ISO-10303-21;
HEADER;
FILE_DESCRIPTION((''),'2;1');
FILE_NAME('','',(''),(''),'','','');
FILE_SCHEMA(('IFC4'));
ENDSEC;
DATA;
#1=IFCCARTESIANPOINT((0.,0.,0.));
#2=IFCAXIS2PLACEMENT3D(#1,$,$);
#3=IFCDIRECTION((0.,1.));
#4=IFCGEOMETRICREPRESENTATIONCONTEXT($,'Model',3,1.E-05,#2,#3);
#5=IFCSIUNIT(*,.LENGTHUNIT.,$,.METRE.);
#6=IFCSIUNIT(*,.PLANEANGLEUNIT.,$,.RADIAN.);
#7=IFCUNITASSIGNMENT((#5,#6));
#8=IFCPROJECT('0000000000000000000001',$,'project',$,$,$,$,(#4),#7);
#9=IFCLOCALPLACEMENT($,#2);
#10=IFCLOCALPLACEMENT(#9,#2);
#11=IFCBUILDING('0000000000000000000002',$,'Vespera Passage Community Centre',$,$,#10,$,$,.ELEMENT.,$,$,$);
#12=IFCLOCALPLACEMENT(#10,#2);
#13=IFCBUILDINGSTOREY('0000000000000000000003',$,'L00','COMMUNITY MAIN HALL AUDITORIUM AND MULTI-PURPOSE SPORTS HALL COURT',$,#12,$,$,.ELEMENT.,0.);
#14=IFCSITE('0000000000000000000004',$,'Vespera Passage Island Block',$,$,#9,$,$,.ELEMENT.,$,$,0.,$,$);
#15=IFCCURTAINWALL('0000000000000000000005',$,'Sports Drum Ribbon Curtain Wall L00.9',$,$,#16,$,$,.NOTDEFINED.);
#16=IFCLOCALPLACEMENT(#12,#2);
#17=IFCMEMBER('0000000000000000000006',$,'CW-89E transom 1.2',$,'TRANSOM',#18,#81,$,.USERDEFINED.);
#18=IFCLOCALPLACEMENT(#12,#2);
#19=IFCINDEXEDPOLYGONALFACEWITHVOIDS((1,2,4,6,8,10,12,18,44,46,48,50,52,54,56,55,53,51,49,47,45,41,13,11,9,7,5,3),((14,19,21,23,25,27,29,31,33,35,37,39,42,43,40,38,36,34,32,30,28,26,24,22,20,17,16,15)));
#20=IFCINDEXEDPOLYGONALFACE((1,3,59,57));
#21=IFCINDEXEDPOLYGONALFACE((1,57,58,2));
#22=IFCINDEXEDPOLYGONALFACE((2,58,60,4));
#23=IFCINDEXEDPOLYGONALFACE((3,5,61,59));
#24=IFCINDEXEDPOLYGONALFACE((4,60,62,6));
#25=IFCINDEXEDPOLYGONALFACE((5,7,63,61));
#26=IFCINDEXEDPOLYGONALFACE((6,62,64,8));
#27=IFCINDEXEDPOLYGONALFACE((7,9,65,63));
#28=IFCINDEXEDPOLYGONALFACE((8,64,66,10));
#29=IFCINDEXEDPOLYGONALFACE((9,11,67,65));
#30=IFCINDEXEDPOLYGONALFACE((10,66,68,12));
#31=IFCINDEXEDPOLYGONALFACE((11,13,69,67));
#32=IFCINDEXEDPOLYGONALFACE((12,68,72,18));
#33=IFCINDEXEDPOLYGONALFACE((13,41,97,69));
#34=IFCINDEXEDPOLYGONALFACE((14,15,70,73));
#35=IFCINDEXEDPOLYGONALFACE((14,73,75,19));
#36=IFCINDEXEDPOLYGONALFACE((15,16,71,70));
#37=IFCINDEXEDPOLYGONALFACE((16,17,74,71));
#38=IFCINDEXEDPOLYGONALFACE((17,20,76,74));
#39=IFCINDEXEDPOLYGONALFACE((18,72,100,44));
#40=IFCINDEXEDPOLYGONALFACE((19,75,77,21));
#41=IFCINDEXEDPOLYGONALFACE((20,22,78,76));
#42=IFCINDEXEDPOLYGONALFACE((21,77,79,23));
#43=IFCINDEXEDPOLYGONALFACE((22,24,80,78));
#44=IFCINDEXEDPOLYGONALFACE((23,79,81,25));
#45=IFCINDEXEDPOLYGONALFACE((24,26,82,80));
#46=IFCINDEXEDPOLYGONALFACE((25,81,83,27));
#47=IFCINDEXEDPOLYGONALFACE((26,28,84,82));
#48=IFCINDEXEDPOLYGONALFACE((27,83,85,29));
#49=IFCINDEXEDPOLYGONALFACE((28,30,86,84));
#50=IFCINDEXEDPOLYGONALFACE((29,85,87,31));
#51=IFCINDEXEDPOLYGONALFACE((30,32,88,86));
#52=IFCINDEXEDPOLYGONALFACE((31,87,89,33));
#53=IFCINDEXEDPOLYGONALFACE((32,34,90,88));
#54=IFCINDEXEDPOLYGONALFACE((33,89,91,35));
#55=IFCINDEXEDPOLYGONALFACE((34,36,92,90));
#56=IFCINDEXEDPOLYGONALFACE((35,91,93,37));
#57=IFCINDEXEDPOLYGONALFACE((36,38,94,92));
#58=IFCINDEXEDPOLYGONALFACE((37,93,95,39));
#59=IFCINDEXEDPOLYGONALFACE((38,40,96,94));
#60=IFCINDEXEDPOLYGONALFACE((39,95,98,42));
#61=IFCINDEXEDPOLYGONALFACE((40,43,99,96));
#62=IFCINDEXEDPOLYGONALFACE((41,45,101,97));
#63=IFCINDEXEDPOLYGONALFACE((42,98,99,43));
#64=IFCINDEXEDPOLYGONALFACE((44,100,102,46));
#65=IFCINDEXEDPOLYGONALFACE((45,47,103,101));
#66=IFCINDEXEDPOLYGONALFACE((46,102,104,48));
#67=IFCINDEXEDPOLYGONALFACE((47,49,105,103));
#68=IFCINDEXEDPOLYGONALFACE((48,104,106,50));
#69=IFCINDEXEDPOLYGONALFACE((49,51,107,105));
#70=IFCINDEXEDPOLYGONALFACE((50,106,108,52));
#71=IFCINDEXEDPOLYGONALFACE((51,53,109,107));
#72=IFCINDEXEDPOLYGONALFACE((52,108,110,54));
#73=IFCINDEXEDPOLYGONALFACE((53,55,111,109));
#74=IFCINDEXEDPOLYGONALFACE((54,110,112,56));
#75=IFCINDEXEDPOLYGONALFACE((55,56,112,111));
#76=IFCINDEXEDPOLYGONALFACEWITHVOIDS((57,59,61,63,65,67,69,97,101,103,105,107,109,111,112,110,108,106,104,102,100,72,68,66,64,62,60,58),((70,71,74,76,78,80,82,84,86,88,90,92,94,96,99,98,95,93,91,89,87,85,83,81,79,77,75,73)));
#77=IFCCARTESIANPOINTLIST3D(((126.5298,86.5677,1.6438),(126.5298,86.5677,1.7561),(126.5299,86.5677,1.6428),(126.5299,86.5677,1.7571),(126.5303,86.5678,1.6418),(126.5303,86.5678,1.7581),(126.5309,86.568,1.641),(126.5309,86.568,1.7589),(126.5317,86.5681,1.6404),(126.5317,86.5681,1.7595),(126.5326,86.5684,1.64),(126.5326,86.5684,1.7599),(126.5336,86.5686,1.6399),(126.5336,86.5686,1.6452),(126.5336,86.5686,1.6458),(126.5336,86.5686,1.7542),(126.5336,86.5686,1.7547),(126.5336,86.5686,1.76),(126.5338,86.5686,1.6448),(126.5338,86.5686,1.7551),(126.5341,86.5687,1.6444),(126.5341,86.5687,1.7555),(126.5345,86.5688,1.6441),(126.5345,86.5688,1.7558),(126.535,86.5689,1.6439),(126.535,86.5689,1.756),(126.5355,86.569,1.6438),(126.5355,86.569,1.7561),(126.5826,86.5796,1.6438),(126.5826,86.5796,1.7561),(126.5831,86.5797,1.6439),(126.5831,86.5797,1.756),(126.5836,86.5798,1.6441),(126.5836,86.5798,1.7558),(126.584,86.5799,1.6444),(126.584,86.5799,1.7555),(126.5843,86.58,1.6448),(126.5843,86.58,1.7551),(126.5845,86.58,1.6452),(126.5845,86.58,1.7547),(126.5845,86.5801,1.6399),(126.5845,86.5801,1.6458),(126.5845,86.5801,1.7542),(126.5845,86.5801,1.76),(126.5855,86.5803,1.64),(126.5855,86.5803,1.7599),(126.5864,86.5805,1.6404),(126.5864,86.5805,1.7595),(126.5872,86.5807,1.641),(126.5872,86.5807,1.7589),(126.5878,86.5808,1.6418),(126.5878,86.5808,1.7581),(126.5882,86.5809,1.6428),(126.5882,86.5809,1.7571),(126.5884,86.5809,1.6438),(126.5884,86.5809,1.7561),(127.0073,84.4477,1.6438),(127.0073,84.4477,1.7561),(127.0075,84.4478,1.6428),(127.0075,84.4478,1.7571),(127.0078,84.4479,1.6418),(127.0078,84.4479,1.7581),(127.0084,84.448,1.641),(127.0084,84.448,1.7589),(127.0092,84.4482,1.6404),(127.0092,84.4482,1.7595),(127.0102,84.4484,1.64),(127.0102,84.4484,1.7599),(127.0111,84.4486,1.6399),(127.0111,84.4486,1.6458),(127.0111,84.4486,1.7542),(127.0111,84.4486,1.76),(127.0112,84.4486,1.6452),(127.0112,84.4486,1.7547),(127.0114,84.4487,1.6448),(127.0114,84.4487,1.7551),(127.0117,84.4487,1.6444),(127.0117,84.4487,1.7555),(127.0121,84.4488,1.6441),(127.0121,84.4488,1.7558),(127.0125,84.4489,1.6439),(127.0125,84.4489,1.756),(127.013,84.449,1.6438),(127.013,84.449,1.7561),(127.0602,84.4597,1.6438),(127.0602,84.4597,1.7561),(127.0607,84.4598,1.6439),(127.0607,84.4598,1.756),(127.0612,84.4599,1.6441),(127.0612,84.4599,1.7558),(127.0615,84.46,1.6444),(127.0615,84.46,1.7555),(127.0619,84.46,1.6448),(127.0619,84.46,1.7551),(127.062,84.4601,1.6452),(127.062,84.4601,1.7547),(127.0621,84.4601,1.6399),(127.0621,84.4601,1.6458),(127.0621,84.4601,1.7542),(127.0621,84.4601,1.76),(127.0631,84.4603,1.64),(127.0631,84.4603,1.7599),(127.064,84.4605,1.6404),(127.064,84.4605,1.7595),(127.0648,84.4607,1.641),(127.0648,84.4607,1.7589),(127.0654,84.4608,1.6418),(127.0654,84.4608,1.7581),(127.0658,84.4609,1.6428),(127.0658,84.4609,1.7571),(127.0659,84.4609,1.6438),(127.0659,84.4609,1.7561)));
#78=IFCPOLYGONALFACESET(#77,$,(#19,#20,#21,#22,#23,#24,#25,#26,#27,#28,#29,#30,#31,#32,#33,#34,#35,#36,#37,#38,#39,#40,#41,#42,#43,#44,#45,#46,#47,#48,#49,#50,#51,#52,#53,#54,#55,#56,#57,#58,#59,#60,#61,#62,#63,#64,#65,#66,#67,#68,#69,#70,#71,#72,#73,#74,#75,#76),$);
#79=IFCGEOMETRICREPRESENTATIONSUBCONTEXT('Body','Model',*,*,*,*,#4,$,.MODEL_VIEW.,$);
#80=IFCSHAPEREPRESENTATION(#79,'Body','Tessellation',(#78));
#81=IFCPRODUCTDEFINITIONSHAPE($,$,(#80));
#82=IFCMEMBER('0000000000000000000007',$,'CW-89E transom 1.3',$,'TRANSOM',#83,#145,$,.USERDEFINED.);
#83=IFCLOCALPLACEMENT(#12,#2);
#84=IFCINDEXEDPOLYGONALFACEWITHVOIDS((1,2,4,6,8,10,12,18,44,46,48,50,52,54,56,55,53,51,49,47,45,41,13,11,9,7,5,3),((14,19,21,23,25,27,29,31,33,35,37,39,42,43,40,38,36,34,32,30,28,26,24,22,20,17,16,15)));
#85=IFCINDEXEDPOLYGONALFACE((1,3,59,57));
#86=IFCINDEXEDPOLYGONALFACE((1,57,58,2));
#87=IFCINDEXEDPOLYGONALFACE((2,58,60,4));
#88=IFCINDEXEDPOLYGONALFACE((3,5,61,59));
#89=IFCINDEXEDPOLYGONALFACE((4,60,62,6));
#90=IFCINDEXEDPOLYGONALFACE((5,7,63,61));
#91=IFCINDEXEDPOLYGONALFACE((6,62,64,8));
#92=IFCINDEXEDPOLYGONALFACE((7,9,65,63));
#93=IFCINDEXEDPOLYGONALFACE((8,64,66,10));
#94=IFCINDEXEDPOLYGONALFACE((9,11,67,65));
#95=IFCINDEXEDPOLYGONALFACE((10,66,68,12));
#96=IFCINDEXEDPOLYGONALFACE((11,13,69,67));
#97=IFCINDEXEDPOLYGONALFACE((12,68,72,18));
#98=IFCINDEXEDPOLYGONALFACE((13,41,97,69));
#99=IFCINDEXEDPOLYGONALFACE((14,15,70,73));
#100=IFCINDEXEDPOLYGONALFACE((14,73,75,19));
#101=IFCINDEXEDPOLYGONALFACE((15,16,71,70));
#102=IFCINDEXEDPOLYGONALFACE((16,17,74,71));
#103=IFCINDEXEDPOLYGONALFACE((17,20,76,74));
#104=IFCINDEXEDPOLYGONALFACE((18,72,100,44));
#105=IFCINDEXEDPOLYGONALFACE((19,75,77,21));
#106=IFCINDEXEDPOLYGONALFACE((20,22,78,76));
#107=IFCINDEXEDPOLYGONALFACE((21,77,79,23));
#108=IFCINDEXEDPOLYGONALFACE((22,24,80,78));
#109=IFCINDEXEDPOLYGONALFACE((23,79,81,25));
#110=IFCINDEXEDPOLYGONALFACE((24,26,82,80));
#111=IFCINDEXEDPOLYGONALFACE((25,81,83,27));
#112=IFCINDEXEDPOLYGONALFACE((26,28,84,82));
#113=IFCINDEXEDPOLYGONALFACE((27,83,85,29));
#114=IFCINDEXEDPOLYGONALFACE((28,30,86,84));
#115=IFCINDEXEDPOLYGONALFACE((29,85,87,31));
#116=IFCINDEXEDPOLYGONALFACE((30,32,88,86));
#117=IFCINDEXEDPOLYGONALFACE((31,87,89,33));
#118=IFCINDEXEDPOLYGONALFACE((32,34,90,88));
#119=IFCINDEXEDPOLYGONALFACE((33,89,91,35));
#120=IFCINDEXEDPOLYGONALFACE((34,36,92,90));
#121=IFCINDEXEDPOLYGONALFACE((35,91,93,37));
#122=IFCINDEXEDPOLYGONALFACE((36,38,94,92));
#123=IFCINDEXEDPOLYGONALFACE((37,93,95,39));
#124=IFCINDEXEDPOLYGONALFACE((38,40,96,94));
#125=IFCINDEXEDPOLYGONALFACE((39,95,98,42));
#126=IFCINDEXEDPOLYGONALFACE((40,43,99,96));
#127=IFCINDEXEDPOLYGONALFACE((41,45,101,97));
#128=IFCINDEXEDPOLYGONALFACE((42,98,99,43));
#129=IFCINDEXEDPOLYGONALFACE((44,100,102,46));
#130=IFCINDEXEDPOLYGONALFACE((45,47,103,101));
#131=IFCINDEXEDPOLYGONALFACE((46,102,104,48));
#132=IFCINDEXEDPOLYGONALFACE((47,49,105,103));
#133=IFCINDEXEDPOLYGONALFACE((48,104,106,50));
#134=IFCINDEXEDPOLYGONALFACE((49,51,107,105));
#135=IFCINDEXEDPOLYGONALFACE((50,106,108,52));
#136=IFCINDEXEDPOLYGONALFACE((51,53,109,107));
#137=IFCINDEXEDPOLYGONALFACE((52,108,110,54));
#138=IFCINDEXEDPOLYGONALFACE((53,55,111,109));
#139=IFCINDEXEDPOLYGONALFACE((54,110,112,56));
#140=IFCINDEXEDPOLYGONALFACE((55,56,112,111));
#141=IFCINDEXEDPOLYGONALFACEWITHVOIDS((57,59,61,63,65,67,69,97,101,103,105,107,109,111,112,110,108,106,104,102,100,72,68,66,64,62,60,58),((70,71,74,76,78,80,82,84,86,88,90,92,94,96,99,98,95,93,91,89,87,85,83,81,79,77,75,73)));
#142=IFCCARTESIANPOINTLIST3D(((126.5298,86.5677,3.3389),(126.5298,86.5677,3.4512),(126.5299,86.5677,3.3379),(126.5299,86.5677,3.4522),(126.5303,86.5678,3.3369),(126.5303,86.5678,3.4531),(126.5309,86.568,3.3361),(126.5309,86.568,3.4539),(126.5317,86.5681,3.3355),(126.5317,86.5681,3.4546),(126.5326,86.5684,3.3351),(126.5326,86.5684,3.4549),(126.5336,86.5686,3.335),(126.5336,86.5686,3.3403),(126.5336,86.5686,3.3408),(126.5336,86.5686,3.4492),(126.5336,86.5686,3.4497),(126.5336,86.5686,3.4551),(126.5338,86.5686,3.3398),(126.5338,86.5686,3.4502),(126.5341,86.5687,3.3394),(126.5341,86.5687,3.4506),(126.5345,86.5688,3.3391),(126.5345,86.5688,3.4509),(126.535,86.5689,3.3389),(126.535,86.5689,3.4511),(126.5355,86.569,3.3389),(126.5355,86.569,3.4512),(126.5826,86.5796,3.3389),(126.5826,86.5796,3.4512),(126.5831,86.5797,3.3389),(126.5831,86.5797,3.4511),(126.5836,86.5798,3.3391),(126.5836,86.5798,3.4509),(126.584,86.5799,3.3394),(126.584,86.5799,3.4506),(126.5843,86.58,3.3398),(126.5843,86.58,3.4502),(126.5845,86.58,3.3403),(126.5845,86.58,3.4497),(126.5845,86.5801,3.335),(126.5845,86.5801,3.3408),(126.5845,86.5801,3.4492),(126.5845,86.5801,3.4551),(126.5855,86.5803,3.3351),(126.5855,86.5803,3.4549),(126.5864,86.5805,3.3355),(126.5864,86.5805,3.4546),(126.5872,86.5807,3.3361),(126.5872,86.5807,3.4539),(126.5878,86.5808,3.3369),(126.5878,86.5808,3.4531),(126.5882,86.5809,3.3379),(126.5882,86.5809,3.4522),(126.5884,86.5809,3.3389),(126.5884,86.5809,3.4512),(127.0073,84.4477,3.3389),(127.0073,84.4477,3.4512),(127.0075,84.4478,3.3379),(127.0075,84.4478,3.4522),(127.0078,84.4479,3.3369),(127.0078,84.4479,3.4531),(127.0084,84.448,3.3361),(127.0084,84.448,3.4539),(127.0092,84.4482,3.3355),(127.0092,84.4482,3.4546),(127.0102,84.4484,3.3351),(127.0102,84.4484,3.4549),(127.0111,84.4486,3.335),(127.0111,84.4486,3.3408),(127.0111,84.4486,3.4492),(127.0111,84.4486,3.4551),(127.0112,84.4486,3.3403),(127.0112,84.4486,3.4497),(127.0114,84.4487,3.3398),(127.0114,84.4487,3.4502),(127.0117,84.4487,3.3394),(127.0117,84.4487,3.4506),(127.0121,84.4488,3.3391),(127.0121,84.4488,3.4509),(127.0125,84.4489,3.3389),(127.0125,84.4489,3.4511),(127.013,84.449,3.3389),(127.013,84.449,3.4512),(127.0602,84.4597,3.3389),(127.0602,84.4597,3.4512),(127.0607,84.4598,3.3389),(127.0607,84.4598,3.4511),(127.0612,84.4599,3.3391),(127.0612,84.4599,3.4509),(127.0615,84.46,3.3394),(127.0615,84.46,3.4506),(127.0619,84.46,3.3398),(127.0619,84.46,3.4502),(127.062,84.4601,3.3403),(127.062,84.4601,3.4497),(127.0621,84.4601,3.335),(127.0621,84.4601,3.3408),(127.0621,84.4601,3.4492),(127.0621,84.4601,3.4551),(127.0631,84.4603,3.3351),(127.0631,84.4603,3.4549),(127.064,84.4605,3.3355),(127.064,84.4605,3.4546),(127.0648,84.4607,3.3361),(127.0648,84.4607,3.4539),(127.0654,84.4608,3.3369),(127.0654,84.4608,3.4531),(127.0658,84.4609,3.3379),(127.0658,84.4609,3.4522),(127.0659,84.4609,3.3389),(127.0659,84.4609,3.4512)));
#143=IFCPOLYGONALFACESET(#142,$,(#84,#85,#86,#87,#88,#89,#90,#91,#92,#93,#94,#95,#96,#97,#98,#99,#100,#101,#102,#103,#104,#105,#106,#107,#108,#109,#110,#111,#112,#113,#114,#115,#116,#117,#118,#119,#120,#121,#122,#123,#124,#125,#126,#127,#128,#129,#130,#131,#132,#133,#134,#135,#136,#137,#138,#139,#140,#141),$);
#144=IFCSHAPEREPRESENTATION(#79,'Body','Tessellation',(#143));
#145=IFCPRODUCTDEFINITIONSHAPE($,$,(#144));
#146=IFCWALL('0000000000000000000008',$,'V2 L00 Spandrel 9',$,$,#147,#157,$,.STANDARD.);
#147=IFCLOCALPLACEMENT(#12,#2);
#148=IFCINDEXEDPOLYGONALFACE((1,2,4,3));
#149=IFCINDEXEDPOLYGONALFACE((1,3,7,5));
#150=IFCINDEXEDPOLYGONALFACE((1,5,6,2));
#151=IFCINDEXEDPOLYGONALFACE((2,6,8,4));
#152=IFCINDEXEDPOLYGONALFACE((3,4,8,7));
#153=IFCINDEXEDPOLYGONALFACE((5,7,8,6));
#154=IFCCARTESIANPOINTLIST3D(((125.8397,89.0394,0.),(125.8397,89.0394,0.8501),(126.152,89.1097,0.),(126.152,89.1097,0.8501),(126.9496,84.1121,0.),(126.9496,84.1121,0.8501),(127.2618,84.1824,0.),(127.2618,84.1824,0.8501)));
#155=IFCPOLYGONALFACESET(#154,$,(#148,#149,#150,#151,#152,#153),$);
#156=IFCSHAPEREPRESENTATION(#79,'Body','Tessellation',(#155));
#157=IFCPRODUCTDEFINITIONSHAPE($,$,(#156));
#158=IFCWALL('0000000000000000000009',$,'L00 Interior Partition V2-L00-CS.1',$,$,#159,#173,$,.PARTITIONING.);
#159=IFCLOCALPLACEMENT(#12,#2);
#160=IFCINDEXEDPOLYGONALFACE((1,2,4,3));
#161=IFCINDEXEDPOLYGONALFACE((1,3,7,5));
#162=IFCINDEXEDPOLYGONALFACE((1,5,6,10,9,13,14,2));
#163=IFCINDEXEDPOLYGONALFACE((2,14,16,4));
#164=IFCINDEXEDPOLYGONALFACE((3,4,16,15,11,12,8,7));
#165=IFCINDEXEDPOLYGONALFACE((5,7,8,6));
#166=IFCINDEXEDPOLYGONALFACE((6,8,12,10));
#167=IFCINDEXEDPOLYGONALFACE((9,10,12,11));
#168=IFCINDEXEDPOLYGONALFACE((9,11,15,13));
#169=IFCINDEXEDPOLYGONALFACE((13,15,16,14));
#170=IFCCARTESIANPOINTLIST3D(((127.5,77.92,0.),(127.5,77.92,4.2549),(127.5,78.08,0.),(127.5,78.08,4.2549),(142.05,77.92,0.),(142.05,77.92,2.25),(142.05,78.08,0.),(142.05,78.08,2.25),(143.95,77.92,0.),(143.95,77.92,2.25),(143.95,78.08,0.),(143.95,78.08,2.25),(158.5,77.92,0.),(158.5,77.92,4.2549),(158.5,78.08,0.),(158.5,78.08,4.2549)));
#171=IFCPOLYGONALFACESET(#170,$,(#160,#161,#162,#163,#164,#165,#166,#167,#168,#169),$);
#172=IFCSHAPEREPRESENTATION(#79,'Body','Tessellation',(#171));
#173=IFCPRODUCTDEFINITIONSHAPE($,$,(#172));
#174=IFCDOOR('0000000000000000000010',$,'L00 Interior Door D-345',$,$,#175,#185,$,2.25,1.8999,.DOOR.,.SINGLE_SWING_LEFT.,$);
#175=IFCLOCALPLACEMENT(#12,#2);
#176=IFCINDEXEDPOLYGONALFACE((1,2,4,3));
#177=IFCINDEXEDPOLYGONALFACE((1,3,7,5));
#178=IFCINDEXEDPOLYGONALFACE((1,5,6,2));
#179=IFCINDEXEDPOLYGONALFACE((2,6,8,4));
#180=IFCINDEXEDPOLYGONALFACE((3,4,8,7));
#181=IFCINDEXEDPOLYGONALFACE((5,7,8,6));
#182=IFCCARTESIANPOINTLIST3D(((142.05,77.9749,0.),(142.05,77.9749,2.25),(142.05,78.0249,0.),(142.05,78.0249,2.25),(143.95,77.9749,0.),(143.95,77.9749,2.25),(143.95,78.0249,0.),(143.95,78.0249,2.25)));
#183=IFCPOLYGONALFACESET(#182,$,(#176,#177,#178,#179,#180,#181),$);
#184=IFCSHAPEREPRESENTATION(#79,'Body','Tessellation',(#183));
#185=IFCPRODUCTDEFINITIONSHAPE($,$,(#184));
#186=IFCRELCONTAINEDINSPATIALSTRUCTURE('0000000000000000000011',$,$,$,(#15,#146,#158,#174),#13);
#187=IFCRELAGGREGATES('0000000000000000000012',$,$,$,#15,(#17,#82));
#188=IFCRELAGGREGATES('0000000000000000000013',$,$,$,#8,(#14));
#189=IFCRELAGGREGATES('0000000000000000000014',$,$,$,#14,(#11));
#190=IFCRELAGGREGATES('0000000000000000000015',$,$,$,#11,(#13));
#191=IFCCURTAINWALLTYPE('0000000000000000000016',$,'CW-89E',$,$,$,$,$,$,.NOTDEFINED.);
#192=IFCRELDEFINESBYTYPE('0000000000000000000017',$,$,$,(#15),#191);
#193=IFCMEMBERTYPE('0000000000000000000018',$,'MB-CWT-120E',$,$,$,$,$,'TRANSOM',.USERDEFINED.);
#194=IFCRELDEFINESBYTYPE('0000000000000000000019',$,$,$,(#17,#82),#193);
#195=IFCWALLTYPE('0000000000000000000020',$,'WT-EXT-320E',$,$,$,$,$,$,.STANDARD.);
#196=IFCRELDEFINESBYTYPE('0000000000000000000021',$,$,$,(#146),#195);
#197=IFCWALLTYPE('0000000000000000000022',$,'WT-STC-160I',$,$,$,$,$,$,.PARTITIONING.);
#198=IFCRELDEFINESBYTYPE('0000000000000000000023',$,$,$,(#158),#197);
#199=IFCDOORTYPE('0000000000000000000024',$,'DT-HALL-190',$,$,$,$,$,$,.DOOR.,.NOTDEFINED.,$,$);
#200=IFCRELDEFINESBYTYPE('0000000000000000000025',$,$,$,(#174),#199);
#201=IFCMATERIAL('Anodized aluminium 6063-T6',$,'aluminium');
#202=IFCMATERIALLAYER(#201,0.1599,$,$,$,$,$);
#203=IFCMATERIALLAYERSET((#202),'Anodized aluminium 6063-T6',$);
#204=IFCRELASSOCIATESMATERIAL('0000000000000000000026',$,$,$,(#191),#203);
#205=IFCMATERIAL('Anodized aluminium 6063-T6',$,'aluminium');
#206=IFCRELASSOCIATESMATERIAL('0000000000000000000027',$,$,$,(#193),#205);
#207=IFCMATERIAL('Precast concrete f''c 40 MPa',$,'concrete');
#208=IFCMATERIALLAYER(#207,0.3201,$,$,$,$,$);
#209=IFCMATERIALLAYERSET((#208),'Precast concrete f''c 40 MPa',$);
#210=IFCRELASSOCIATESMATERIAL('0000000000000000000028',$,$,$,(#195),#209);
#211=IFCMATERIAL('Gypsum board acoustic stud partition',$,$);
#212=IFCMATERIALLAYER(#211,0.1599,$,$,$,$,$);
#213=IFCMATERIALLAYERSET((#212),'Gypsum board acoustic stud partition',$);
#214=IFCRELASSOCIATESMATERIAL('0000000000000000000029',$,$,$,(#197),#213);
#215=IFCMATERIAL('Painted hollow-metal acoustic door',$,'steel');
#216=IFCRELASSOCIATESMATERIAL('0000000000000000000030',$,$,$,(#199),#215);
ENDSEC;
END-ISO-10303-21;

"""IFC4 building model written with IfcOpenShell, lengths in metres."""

from ifc_helpers import new_model, si_unit, direction, frame, frame_2d, origin, origin_2d, place, context, subcontext, project, spatial, rectangle, hollow_rectangle, extrude, material, layer, layer_set, material_profile, profile_set, type_object, element, fill, aggregate, save


model = new_model("IFC4")

# Units and contexts
model_context = context("Model", 3, precision=1e-05, world=origin(), true_north=direction((0.0, 1.0)))
body_context = subcontext(model_context, "Body", "Model", "MODEL_VIEW")
ifc_project = project(units=[si_unit("LENGTHUNIT", "METRE"), si_unit("PLANEANGLEUNIT", "RADIAN")], contexts=[model_context])

# Site, building, storey
site_placement = place(None, origin())
site = spatial("IfcSite", under=ifc_project, at=site_placement, Name="Vespera Passage Island Block", CompositionType="ELEMENT", RefElevation=0.0)
building_placement = place(site_placement, origin())
building = spatial("IfcBuilding", under=site, at=building_placement, Name="Vespera Passage Community Centre", CompositionType="ELEMENT")
storey_placement = place(building_placement, origin())
storey = spatial("IfcBuildingStorey", under=building, at=storey_placement, Name="L00", Description="COMMUNITY MAIN HALL AUDITORIUM AND MULTI-PURPOSE SPORTS HALL COURT", CompositionType="ELEMENT", Elevation=0.0)

# Curtain wall, members
ifc_material_1 = material(Name="Anodized aluminium 6063-T6", Category="aluminium")
ifc_layer_1 = layer(ifc_material_1, 0.1599)
ifc_layer_set_1 = layer_set([ifc_layer_1], Name="Anodized aluminium 6063-T6")
curtain_wall_type = type_object("IfcCurtainWallType", Name="CW-89E", PredefinedType="NOTDEFINED", material=ifc_layer_set_1)
curtain_wall_placement = place(storey_placement, origin())
curtain_wall = element("IfcCurtainWall", 1, at=curtain_wall_placement, inside=storey, type_object=curtain_wall_type, Name="Sports Drum Ribbon Curtain Wall L00.9", PredefinedType="NOTDEFINED")
ifc_material_2 = material(Name="Anodized aluminium 6063-T6", Category="aluminium")
ifc_material_profile_1 = material_profile(ifc_material_2, hollow_rectangle(XDim=0.0601, YDim=0.1201, WallThickness=0.0039, InnerFilletRadius=0.002, OuterFilletRadius=0.0039, at=origin_2d()), Name="ALU120X60X4")
ifc_profile_set_1 = profile_set([ifc_material_profile_1], Name="Anodized aluminium 6063-T6")
member_type_1 = type_object("IfcMemberType", Name="MB-CWT-120E", ElementType="TRANSOM", PredefinedType="USERDEFINED", material=ifc_profile_set_1)
member_1_placement = place(storey_placement, frame((127.0366, 84.4543, 1.7), z_axis=(-0.219761, 0.975554, 0.0), x_axis=(-0.975554, -0.219761, 0.0)))
member_1 = element("IfcMember", 2, at=member_1_placement, type_object=member_type_1, Name="CW-89E transom 1.2", ObjectType="TRANSOM", PredefinedType="USERDEFINED", context=body_context, shape_type="SweptSolid", body=[
    extrude(hollow_rectangle(XDim=0.0601, YDim=0.1201, WallThickness=0.0039, InnerFilletRadius=0.002, OuterFilletRadius=0.0039, at=origin_2d()), origin(), (0.0, 0.0, 1.0), 2.1731),
])
member_2_placement = place(storey_placement, frame((127.0366, 84.4543, 3.395), z_axis=(-0.219761, 0.975554, 0.0), x_axis=(-0.975554, -0.219761, 0.0)))
member_2 = element("IfcMember", 3, at=member_2_placement, type_object=member_type_1, Name="CW-89E transom 1.3", ObjectType="TRANSOM", PredefinedType="USERDEFINED", context=body_context, shape_type="SweptSolid", body=[
    extrude(hollow_rectangle(XDim=0.0601, YDim=0.1201, WallThickness=0.0039, InnerFilletRadius=0.002, OuterFilletRadius=0.0039, at=origin_2d()), origin(), (0.0, 0.0, 1.0), 2.1731),
])
aggregate(curtain_wall, [member_1, member_2])

# Wall
ifc_material_3 = material(Name="Precast concrete f'c 40 MPa", Category="concrete")
ifc_layer_2 = layer(ifc_material_3, 0.3201)
ifc_layer_set_2 = layer_set([ifc_layer_2], Name="Precast concrete f'c 40 MPa")
wall_type_1 = type_object("IfcWallType", Name="WT-EXT-320E", PredefinedType="STANDARD", material=ifc_layer_set_2)
wall_1_placement = place(storey_placement, frame((127.1057, 84.1472, 0.0), z_axis=(0.0, 0.0, 1.0), x_axis=(-0.219745, 0.975557, 0.0)))
element("IfcWall", 4, at=wall_1_placement, inside=storey, type_object=wall_type_1, Name="V2 L00 Spandrel 9", PredefinedType="STANDARD", context=body_context, shape_type="SweptSolid", body=[
    extrude(rectangle(XDim=5.0508, YDim=0.3201, at=frame_2d((2.5254, 0.0))), origin(), (0.0, 0.0, 1.0), 0.8501),
])

# Wall, opening, door
ifc_material_4 = material(Name="Gypsum board acoustic stud partition")
ifc_layer_3 = layer(ifc_material_4, 0.1599)
ifc_layer_set_3 = layer_set([ifc_layer_3], Name="Gypsum board acoustic stud partition")
wall_type_2 = type_object("IfcWallType", Name="WT-STC-160I", PredefinedType="PARTITIONING", material=ifc_layer_set_3)
wall_2_placement = place(storey_placement, frame((127.5, 78.0, 0.0), z_axis=(0.0, 0.0, 1.0), x_axis=(1.0, 0.0, 0.0)))
wall_2 = element("IfcWall", 5, at=wall_2_placement, inside=storey, type_object=wall_type_2, Name="L00 Interior Partition V2-L00-CS.1", PredefinedType="PARTITIONING", context=body_context, shape_type="SweptSolid", body=[
    extrude(rectangle(XDim=31.0, YDim=0.1599, at=frame_2d((15.5, 0.0))), origin(), (0.0, 0.0, 1.0), 4.2549),
])
opening_placement = place(wall_2_placement, frame((14.55, 0.0, 0.0)))
opening = element("IfcOpeningElement", 6, at=opening_placement, cuts=wall_2, PredefinedType="OPENING", context=body_context, shape_type="SweptSolid", body=[
    extrude(rectangle(XDim=1.8999, YDim=2.25, at=frame_2d((0.95, 1.125))), frame((0.0, 0.0901, 0.0), z_axis=(0.0, -1.0, 0.0), x_axis=(1.0, 0.0, 0.0)), (0.0, 0.0, 1.0), 0.1799),
])
ifc_material_5 = material(Name="Painted hollow-metal acoustic door", Category="steel")
door_type = type_object("IfcDoorType", Name="DT-HALL-190", OperationType="NOTDEFINED", PredefinedType="DOOR", material=ifc_material_5)
door_placement = place(opening_placement, origin())
door = element("IfcDoor", 7, at=door_placement, inside=storey, type_object=door_type, Name="L00 Interior Door D-345", OperationType="SINGLE_SWING_LEFT", OverallHeight=2.25, OverallWidth=1.8999, PredefinedType="DOOR", context=body_context, shape_type="SweptSolid", body=[
    extrude(rectangle(XDim=1.8999, YDim=2.25, at=frame_2d((0.95, 1.125))), frame((0.0, 0.0249, 0.0), z_axis=(0.0, -1.0, 0.0), x_axis=(1.0, 0.0, 0.0)), (0.0, 0.0, 1.0), 0.05),
])
fill(opening, door)

save(model, "model.ifc")
